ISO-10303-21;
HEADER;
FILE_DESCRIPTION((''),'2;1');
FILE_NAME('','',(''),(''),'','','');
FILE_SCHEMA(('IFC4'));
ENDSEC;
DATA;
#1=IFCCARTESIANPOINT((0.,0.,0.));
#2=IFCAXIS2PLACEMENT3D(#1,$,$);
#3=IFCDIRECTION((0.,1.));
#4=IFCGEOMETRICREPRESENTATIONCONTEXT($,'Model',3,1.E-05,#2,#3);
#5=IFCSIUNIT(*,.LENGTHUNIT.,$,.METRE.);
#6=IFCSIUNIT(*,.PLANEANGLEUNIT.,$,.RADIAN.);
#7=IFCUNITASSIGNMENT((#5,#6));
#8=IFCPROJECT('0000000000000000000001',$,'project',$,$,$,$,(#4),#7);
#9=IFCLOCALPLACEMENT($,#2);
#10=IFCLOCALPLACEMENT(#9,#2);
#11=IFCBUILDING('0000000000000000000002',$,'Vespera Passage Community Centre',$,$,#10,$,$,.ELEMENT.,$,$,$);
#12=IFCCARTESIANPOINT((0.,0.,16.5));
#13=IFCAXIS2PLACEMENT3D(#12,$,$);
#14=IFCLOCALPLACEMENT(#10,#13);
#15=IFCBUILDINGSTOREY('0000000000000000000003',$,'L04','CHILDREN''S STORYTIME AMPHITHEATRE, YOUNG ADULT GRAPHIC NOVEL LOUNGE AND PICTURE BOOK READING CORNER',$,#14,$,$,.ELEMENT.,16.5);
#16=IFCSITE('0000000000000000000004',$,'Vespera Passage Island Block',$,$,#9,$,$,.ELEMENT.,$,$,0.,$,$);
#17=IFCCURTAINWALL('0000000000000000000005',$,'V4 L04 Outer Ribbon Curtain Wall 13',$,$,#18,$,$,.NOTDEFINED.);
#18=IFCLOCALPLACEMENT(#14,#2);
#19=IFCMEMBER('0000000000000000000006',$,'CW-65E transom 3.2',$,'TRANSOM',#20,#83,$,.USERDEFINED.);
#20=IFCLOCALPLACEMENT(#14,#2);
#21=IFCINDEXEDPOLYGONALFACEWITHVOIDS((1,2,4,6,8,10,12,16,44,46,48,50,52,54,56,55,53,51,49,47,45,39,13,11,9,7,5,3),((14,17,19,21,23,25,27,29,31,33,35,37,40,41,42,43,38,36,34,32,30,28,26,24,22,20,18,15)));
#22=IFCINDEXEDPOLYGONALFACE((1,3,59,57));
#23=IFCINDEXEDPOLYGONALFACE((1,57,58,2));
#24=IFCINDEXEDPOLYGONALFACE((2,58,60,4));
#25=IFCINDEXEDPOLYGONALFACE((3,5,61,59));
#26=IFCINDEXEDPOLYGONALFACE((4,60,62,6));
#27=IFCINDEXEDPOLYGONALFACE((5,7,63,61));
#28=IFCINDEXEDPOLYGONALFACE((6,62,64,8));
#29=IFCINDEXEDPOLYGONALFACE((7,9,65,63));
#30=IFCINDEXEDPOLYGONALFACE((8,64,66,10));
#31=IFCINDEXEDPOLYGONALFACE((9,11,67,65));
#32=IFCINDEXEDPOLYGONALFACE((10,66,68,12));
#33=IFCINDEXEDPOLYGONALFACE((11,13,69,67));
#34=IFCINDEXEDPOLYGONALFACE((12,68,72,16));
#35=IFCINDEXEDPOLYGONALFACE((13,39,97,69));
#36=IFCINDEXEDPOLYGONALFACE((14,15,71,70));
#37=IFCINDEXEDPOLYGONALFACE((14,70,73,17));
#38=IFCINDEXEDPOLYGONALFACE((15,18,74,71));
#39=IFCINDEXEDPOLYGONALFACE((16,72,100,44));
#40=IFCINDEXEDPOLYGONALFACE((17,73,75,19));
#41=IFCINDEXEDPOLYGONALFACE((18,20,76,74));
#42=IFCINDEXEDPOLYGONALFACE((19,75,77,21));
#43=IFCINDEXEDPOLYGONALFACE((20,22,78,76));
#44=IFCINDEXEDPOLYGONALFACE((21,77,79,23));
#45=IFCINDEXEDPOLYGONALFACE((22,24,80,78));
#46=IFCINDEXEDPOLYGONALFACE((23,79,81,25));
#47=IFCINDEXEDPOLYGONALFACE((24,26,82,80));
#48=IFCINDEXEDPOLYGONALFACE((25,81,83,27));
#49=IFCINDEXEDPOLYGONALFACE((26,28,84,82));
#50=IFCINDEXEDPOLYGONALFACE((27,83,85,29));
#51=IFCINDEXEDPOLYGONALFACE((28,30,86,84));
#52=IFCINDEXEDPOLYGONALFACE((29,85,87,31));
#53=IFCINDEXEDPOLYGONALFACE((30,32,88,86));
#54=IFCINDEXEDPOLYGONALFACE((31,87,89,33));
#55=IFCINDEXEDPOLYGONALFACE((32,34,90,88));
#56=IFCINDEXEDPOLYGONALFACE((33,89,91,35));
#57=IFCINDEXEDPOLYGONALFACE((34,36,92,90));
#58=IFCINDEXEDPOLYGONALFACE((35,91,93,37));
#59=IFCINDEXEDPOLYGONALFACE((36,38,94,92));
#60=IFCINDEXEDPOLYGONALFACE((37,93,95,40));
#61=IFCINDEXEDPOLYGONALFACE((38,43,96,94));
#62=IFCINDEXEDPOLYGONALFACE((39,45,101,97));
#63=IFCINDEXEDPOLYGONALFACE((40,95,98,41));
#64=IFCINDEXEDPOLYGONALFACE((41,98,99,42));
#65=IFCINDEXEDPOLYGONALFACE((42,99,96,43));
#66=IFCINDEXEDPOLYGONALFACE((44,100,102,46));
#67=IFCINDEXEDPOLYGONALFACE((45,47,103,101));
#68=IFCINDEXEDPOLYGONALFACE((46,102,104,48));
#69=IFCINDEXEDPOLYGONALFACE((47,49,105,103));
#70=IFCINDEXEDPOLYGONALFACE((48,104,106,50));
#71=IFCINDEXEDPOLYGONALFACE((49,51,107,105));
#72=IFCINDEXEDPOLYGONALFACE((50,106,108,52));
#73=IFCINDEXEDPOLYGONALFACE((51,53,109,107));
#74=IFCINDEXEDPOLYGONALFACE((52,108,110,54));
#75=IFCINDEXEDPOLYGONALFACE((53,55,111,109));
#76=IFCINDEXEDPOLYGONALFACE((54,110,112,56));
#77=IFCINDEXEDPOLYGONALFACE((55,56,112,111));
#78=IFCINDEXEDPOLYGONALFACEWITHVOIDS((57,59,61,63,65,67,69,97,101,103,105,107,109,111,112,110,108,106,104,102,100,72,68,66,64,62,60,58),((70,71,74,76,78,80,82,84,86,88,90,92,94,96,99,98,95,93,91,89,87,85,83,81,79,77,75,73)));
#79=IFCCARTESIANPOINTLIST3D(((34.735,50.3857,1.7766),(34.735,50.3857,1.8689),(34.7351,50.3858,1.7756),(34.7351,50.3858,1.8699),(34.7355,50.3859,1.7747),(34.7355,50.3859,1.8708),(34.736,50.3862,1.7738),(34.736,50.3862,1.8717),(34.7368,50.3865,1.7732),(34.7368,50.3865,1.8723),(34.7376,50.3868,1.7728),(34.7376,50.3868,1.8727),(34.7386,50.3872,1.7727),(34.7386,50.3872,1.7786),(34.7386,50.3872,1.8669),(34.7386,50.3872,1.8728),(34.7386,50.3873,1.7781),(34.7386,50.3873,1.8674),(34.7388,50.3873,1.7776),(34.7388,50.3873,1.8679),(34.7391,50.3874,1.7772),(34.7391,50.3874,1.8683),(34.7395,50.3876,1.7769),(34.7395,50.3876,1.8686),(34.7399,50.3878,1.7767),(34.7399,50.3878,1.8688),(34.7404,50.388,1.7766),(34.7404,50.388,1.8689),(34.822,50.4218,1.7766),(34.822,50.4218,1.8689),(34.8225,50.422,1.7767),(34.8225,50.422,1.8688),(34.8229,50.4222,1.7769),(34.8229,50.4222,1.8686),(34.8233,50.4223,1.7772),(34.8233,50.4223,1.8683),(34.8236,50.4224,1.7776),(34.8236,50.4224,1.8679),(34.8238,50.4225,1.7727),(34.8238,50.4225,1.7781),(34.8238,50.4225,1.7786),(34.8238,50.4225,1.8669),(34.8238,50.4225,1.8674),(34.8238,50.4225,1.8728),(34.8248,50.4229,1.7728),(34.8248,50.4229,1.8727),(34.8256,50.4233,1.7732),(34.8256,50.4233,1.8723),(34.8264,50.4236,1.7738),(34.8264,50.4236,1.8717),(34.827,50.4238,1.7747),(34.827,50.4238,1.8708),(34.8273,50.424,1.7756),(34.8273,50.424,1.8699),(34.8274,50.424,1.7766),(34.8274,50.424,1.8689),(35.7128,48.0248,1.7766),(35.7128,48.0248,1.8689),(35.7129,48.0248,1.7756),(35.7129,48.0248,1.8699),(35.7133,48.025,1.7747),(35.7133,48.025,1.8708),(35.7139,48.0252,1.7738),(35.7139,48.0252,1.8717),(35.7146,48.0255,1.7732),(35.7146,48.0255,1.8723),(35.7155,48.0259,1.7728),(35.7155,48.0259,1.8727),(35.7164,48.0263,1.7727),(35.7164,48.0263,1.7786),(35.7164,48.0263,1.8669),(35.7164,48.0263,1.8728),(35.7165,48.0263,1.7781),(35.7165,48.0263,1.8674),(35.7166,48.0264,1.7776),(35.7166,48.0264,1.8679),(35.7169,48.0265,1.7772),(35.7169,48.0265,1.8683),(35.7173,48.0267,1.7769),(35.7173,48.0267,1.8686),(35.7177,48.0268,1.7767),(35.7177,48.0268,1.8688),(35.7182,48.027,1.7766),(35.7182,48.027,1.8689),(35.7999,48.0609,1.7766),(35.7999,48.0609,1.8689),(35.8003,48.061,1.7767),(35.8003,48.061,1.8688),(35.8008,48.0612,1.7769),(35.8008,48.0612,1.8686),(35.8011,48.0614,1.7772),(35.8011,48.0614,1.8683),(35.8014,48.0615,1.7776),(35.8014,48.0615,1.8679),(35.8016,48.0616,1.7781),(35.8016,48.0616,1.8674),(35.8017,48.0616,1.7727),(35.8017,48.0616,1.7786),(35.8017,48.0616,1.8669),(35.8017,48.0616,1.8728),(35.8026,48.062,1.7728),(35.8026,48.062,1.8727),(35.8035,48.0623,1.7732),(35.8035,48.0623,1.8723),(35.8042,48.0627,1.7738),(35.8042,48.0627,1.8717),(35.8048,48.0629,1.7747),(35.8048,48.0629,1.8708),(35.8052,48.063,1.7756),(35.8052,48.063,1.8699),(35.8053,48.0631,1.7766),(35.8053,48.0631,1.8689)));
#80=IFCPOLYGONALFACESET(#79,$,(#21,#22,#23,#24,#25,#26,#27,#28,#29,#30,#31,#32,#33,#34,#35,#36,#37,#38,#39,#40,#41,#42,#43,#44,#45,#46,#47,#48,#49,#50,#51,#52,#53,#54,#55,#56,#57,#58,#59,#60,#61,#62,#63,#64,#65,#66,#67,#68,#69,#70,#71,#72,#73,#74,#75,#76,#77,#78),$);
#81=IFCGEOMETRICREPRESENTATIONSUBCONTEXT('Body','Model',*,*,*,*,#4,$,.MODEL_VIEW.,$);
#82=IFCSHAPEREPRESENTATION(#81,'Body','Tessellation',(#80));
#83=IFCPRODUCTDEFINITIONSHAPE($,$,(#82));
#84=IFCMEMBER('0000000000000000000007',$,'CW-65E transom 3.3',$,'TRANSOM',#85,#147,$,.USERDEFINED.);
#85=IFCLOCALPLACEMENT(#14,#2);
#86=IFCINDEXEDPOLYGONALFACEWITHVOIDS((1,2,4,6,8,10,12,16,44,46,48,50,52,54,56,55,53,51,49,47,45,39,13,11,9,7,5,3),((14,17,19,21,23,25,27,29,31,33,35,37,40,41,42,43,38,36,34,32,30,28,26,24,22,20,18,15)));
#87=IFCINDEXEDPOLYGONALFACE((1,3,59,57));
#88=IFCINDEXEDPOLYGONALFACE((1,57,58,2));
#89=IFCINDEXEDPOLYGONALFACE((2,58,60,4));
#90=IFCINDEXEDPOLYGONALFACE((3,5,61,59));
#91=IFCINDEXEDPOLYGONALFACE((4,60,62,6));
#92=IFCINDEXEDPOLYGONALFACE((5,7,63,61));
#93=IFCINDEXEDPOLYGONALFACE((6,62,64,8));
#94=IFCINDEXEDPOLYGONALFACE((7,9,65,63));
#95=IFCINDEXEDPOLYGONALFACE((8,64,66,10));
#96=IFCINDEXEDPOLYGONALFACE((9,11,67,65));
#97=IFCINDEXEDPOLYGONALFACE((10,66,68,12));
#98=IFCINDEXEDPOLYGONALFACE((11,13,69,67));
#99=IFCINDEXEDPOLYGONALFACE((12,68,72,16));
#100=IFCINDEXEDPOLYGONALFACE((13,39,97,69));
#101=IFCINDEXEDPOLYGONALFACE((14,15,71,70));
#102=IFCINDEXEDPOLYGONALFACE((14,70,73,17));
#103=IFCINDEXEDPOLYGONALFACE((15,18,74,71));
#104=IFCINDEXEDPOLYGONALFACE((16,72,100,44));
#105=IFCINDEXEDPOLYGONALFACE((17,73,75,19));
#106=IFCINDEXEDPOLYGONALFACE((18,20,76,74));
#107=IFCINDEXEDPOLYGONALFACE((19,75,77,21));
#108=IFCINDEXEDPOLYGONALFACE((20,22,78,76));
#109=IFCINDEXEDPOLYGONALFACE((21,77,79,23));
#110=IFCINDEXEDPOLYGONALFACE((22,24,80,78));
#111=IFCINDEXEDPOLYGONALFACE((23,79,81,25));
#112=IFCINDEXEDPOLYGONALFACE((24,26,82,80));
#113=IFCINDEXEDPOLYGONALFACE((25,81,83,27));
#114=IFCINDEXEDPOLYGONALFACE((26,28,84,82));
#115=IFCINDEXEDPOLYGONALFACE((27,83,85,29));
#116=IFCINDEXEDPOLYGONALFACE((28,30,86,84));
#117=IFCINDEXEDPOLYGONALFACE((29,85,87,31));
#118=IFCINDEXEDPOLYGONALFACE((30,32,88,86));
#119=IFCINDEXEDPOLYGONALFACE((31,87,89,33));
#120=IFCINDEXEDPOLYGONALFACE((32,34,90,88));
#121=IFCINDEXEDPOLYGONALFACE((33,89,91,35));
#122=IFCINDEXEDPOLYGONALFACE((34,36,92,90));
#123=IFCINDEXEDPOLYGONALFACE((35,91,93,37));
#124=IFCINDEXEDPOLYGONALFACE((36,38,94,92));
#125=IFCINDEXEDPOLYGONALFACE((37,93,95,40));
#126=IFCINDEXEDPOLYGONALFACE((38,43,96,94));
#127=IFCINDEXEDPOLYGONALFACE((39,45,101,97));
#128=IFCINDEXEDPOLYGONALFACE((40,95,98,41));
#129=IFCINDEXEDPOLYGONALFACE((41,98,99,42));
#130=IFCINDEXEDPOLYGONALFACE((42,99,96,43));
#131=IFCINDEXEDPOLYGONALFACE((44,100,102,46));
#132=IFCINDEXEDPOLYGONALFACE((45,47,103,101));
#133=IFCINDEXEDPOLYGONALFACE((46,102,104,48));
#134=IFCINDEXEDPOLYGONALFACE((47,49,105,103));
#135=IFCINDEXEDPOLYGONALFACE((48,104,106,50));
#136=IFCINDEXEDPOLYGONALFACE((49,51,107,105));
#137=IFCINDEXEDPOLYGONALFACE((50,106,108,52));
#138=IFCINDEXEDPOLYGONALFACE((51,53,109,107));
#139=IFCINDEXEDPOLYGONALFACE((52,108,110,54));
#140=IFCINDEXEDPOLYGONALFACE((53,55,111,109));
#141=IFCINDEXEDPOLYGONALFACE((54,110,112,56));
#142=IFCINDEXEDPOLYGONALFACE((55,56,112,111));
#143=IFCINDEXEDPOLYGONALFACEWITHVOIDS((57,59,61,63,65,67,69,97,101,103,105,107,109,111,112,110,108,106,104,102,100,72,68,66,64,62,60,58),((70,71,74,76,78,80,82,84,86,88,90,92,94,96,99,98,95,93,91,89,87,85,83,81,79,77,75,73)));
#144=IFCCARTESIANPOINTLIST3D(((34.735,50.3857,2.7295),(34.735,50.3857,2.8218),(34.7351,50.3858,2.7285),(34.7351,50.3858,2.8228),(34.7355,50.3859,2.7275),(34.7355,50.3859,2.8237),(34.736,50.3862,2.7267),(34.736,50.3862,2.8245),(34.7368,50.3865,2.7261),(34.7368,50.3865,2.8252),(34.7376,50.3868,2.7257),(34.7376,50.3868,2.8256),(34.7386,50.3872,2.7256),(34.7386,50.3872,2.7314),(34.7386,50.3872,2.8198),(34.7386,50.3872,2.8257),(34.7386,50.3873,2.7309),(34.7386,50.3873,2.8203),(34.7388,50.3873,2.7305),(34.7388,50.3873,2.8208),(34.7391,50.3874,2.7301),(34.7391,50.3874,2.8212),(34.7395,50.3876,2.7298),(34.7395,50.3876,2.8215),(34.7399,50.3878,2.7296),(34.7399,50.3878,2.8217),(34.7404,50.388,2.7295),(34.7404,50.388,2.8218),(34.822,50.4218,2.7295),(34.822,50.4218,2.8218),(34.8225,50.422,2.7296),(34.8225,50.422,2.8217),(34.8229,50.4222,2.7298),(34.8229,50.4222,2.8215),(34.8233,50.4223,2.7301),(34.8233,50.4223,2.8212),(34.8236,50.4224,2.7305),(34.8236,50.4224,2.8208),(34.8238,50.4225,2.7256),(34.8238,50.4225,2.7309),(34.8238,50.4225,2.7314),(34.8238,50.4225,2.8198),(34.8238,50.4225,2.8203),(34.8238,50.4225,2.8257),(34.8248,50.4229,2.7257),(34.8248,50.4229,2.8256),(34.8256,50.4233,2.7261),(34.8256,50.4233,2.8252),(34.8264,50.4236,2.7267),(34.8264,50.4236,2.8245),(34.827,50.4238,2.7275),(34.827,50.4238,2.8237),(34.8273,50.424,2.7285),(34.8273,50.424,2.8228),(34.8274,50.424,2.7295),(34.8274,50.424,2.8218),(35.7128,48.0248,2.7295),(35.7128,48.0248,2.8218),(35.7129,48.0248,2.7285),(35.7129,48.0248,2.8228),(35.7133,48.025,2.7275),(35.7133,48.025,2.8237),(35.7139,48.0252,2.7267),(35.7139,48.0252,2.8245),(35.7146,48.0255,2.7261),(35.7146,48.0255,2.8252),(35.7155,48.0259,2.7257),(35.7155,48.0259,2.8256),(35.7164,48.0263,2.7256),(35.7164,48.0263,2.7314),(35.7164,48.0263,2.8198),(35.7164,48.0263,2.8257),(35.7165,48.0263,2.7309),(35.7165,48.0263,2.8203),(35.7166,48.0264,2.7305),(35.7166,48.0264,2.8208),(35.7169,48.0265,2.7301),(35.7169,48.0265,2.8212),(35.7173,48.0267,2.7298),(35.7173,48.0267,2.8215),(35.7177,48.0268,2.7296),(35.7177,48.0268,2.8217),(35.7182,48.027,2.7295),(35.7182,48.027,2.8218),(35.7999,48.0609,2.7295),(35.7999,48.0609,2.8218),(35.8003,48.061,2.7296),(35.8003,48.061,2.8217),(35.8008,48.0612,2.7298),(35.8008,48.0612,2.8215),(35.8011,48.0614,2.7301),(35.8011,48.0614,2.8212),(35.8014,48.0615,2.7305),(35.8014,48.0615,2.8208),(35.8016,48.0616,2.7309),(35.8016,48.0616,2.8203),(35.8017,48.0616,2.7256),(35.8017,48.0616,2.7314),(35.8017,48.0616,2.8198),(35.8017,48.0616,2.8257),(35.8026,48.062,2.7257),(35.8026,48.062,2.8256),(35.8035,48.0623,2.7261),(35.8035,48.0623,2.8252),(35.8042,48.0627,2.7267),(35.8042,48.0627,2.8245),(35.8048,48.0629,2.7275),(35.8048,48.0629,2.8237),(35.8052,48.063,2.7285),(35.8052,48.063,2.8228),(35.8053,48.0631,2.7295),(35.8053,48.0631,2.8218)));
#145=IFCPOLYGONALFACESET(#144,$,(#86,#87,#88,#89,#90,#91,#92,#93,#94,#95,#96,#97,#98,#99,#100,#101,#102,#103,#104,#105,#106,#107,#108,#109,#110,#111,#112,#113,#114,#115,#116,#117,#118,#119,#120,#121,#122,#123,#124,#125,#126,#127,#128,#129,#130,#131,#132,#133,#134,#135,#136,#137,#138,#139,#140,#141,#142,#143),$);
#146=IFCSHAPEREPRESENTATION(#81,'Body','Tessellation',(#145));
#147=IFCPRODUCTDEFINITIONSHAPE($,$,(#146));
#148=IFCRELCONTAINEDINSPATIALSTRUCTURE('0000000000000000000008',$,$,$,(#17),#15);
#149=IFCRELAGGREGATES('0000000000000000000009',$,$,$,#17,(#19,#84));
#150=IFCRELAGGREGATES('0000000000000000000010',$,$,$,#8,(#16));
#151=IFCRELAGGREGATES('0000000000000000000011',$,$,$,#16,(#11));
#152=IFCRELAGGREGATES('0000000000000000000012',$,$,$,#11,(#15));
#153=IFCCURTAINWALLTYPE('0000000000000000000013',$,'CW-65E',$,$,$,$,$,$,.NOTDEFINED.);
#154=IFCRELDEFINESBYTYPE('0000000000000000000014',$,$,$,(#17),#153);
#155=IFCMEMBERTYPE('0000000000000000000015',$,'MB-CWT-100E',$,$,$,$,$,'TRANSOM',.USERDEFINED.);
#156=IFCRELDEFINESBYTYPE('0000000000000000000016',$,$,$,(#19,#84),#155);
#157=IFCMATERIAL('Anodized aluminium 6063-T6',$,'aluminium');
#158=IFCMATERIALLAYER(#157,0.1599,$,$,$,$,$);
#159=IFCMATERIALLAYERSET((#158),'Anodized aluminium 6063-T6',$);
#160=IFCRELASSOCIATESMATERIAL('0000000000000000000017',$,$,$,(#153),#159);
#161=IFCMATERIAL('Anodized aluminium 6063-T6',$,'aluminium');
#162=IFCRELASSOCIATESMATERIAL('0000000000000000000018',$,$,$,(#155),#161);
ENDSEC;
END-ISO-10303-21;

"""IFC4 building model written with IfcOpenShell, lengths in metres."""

from ifc_helpers import new_model, si_unit, direction, frame, origin, origin_2d, place, context, subcontext, project, spatial, hollow_rectangle, extrude, material, layer, layer_set, material_profile, profile_set, type_object, element, aggregate, save


model = new_model("IFC4")

# Units and contexts
model_context = context("Model", 3, precision=1e-05, world=origin(), true_north=direction((0.0, 1.0)))
body_context = subcontext(model_context, "Body", "Model", "MODEL_VIEW")
ifc_project = project(units=[si_unit("LENGTHUNIT", "METRE"), si_unit("PLANEANGLEUNIT", "RADIAN")], contexts=[model_context])

# Site, building, storey
site_placement = place(None, origin())
site = spatial("IfcSite", under=ifc_project, at=site_placement, Name="Vespera Passage Island Block", CompositionType="ELEMENT", RefElevation=0.0)
building_placement = place(site_placement, origin())
building = spatial("IfcBuilding", under=site, at=building_placement, Name="Vespera Passage Community Centre", CompositionType="ELEMENT")
storey_placement = place(building_placement, frame((0.0, 0.0, 16.5)))
storey = spatial("IfcBuildingStorey", under=building, at=storey_placement, Name="L04", Description="CHILDREN'S STORYTIME AMPHITHEATRE, YOUNG ADULT GRAPHIC NOVEL LOUNGE AND PICTURE BOOK READING CORNER", CompositionType="ELEMENT", Elevation=16.5)

# Curtain wall, members
ifc_material_1 = material(Name="Anodized aluminium 6063-T6", Category="aluminium")
ifc_layer_1 = layer(ifc_material_1, 0.1599)
ifc_layer_set_1 = layer_set([ifc_layer_1], Name="Anodized aluminium 6063-T6")
curtain_wall_type_1 = type_object("IfcCurtainWallType", Name="CW-65E", PredefinedType="NOTDEFINED", material=ifc_layer_set_1)
curtain_wall_1_placement = place(storey_placement, origin())
curtain_wall_1 = element("IfcCurtainWall", 1, at=curtain_wall_1_placement, inside=storey, type_object=curtain_wall_type_1, Name="V4 L04 Outer Ribbon Curtain Wall 13", PredefinedType="NOTDEFINED")
ifc_material_2 = material(Name="Anodized aluminium 6063-T6", Category="aluminium")
ifc_material_profile_1 = material_profile(ifc_material_2, hollow_rectangle(XDim=0.1001, YDim=0.1001, WallThickness=0.0039, InnerFilletRadius=0.002, OuterFilletRadius=0.0039, at=origin_2d()), Name="ALU100X100X4")
ifc_profile_set_1 = profile_set([ifc_material_profile_1], Name="Anodized aluminium 6063-T6")
member_type_1 = type_object("IfcMemberType", Name="MB-CWT-100E", ElementType="TRANSOM", PredefinedType="USERDEFINED", material=ifc_profile_set_1)
member_1_placement = place(storey_placement, frame((35.759, 48.0439, 1.8228), z_axis=(-0.382647, 0.923895, 0.0), x_axis=(-0.923895, -0.382647, 0.0)))
member_1 = element("IfcMember", 2, at=member_1_placement, type_object=member_type_1, Name="CW-65E transom 3.2", ObjectType="TRANSOM", PredefinedType="USERDEFINED", context=body_context, shape_type="SweptSolid", body=[
    extrude(hollow_rectangle(XDim=0.1001, YDim=0.1001, WallThickness=0.0039, InnerFilletRadius=0.002, OuterFilletRadius=0.0039, at=origin_2d()), origin(), (0.0, 0.0, 1.0), 2.5554),
])
member_2_placement = place(storey_placement, frame((35.759, 48.0439, 2.7756), z_axis=(-0.382647, 0.923895, 0.0), x_axis=(-0.923895, -0.382647, 0.0)))
member_2 = element("IfcMember", 3, at=member_2_placement, type_object=member_type_1, Name="CW-65E transom 3.3", ObjectType="TRANSOM", PredefinedType="USERDEFINED", context=body_context, shape_type="SweptSolid", body=[
    extrude(hollow_rectangle(XDim=0.1001, YDim=0.1001, WallThickness=0.0039, InnerFilletRadius=0.002, OuterFilletRadius=0.0039, at=origin_2d()), origin(), (0.0, 0.0, 1.0), 2.5554),
])

aggregate(curtain_wall_1, [member_1, member_2])

save(model, "model.ifc")
